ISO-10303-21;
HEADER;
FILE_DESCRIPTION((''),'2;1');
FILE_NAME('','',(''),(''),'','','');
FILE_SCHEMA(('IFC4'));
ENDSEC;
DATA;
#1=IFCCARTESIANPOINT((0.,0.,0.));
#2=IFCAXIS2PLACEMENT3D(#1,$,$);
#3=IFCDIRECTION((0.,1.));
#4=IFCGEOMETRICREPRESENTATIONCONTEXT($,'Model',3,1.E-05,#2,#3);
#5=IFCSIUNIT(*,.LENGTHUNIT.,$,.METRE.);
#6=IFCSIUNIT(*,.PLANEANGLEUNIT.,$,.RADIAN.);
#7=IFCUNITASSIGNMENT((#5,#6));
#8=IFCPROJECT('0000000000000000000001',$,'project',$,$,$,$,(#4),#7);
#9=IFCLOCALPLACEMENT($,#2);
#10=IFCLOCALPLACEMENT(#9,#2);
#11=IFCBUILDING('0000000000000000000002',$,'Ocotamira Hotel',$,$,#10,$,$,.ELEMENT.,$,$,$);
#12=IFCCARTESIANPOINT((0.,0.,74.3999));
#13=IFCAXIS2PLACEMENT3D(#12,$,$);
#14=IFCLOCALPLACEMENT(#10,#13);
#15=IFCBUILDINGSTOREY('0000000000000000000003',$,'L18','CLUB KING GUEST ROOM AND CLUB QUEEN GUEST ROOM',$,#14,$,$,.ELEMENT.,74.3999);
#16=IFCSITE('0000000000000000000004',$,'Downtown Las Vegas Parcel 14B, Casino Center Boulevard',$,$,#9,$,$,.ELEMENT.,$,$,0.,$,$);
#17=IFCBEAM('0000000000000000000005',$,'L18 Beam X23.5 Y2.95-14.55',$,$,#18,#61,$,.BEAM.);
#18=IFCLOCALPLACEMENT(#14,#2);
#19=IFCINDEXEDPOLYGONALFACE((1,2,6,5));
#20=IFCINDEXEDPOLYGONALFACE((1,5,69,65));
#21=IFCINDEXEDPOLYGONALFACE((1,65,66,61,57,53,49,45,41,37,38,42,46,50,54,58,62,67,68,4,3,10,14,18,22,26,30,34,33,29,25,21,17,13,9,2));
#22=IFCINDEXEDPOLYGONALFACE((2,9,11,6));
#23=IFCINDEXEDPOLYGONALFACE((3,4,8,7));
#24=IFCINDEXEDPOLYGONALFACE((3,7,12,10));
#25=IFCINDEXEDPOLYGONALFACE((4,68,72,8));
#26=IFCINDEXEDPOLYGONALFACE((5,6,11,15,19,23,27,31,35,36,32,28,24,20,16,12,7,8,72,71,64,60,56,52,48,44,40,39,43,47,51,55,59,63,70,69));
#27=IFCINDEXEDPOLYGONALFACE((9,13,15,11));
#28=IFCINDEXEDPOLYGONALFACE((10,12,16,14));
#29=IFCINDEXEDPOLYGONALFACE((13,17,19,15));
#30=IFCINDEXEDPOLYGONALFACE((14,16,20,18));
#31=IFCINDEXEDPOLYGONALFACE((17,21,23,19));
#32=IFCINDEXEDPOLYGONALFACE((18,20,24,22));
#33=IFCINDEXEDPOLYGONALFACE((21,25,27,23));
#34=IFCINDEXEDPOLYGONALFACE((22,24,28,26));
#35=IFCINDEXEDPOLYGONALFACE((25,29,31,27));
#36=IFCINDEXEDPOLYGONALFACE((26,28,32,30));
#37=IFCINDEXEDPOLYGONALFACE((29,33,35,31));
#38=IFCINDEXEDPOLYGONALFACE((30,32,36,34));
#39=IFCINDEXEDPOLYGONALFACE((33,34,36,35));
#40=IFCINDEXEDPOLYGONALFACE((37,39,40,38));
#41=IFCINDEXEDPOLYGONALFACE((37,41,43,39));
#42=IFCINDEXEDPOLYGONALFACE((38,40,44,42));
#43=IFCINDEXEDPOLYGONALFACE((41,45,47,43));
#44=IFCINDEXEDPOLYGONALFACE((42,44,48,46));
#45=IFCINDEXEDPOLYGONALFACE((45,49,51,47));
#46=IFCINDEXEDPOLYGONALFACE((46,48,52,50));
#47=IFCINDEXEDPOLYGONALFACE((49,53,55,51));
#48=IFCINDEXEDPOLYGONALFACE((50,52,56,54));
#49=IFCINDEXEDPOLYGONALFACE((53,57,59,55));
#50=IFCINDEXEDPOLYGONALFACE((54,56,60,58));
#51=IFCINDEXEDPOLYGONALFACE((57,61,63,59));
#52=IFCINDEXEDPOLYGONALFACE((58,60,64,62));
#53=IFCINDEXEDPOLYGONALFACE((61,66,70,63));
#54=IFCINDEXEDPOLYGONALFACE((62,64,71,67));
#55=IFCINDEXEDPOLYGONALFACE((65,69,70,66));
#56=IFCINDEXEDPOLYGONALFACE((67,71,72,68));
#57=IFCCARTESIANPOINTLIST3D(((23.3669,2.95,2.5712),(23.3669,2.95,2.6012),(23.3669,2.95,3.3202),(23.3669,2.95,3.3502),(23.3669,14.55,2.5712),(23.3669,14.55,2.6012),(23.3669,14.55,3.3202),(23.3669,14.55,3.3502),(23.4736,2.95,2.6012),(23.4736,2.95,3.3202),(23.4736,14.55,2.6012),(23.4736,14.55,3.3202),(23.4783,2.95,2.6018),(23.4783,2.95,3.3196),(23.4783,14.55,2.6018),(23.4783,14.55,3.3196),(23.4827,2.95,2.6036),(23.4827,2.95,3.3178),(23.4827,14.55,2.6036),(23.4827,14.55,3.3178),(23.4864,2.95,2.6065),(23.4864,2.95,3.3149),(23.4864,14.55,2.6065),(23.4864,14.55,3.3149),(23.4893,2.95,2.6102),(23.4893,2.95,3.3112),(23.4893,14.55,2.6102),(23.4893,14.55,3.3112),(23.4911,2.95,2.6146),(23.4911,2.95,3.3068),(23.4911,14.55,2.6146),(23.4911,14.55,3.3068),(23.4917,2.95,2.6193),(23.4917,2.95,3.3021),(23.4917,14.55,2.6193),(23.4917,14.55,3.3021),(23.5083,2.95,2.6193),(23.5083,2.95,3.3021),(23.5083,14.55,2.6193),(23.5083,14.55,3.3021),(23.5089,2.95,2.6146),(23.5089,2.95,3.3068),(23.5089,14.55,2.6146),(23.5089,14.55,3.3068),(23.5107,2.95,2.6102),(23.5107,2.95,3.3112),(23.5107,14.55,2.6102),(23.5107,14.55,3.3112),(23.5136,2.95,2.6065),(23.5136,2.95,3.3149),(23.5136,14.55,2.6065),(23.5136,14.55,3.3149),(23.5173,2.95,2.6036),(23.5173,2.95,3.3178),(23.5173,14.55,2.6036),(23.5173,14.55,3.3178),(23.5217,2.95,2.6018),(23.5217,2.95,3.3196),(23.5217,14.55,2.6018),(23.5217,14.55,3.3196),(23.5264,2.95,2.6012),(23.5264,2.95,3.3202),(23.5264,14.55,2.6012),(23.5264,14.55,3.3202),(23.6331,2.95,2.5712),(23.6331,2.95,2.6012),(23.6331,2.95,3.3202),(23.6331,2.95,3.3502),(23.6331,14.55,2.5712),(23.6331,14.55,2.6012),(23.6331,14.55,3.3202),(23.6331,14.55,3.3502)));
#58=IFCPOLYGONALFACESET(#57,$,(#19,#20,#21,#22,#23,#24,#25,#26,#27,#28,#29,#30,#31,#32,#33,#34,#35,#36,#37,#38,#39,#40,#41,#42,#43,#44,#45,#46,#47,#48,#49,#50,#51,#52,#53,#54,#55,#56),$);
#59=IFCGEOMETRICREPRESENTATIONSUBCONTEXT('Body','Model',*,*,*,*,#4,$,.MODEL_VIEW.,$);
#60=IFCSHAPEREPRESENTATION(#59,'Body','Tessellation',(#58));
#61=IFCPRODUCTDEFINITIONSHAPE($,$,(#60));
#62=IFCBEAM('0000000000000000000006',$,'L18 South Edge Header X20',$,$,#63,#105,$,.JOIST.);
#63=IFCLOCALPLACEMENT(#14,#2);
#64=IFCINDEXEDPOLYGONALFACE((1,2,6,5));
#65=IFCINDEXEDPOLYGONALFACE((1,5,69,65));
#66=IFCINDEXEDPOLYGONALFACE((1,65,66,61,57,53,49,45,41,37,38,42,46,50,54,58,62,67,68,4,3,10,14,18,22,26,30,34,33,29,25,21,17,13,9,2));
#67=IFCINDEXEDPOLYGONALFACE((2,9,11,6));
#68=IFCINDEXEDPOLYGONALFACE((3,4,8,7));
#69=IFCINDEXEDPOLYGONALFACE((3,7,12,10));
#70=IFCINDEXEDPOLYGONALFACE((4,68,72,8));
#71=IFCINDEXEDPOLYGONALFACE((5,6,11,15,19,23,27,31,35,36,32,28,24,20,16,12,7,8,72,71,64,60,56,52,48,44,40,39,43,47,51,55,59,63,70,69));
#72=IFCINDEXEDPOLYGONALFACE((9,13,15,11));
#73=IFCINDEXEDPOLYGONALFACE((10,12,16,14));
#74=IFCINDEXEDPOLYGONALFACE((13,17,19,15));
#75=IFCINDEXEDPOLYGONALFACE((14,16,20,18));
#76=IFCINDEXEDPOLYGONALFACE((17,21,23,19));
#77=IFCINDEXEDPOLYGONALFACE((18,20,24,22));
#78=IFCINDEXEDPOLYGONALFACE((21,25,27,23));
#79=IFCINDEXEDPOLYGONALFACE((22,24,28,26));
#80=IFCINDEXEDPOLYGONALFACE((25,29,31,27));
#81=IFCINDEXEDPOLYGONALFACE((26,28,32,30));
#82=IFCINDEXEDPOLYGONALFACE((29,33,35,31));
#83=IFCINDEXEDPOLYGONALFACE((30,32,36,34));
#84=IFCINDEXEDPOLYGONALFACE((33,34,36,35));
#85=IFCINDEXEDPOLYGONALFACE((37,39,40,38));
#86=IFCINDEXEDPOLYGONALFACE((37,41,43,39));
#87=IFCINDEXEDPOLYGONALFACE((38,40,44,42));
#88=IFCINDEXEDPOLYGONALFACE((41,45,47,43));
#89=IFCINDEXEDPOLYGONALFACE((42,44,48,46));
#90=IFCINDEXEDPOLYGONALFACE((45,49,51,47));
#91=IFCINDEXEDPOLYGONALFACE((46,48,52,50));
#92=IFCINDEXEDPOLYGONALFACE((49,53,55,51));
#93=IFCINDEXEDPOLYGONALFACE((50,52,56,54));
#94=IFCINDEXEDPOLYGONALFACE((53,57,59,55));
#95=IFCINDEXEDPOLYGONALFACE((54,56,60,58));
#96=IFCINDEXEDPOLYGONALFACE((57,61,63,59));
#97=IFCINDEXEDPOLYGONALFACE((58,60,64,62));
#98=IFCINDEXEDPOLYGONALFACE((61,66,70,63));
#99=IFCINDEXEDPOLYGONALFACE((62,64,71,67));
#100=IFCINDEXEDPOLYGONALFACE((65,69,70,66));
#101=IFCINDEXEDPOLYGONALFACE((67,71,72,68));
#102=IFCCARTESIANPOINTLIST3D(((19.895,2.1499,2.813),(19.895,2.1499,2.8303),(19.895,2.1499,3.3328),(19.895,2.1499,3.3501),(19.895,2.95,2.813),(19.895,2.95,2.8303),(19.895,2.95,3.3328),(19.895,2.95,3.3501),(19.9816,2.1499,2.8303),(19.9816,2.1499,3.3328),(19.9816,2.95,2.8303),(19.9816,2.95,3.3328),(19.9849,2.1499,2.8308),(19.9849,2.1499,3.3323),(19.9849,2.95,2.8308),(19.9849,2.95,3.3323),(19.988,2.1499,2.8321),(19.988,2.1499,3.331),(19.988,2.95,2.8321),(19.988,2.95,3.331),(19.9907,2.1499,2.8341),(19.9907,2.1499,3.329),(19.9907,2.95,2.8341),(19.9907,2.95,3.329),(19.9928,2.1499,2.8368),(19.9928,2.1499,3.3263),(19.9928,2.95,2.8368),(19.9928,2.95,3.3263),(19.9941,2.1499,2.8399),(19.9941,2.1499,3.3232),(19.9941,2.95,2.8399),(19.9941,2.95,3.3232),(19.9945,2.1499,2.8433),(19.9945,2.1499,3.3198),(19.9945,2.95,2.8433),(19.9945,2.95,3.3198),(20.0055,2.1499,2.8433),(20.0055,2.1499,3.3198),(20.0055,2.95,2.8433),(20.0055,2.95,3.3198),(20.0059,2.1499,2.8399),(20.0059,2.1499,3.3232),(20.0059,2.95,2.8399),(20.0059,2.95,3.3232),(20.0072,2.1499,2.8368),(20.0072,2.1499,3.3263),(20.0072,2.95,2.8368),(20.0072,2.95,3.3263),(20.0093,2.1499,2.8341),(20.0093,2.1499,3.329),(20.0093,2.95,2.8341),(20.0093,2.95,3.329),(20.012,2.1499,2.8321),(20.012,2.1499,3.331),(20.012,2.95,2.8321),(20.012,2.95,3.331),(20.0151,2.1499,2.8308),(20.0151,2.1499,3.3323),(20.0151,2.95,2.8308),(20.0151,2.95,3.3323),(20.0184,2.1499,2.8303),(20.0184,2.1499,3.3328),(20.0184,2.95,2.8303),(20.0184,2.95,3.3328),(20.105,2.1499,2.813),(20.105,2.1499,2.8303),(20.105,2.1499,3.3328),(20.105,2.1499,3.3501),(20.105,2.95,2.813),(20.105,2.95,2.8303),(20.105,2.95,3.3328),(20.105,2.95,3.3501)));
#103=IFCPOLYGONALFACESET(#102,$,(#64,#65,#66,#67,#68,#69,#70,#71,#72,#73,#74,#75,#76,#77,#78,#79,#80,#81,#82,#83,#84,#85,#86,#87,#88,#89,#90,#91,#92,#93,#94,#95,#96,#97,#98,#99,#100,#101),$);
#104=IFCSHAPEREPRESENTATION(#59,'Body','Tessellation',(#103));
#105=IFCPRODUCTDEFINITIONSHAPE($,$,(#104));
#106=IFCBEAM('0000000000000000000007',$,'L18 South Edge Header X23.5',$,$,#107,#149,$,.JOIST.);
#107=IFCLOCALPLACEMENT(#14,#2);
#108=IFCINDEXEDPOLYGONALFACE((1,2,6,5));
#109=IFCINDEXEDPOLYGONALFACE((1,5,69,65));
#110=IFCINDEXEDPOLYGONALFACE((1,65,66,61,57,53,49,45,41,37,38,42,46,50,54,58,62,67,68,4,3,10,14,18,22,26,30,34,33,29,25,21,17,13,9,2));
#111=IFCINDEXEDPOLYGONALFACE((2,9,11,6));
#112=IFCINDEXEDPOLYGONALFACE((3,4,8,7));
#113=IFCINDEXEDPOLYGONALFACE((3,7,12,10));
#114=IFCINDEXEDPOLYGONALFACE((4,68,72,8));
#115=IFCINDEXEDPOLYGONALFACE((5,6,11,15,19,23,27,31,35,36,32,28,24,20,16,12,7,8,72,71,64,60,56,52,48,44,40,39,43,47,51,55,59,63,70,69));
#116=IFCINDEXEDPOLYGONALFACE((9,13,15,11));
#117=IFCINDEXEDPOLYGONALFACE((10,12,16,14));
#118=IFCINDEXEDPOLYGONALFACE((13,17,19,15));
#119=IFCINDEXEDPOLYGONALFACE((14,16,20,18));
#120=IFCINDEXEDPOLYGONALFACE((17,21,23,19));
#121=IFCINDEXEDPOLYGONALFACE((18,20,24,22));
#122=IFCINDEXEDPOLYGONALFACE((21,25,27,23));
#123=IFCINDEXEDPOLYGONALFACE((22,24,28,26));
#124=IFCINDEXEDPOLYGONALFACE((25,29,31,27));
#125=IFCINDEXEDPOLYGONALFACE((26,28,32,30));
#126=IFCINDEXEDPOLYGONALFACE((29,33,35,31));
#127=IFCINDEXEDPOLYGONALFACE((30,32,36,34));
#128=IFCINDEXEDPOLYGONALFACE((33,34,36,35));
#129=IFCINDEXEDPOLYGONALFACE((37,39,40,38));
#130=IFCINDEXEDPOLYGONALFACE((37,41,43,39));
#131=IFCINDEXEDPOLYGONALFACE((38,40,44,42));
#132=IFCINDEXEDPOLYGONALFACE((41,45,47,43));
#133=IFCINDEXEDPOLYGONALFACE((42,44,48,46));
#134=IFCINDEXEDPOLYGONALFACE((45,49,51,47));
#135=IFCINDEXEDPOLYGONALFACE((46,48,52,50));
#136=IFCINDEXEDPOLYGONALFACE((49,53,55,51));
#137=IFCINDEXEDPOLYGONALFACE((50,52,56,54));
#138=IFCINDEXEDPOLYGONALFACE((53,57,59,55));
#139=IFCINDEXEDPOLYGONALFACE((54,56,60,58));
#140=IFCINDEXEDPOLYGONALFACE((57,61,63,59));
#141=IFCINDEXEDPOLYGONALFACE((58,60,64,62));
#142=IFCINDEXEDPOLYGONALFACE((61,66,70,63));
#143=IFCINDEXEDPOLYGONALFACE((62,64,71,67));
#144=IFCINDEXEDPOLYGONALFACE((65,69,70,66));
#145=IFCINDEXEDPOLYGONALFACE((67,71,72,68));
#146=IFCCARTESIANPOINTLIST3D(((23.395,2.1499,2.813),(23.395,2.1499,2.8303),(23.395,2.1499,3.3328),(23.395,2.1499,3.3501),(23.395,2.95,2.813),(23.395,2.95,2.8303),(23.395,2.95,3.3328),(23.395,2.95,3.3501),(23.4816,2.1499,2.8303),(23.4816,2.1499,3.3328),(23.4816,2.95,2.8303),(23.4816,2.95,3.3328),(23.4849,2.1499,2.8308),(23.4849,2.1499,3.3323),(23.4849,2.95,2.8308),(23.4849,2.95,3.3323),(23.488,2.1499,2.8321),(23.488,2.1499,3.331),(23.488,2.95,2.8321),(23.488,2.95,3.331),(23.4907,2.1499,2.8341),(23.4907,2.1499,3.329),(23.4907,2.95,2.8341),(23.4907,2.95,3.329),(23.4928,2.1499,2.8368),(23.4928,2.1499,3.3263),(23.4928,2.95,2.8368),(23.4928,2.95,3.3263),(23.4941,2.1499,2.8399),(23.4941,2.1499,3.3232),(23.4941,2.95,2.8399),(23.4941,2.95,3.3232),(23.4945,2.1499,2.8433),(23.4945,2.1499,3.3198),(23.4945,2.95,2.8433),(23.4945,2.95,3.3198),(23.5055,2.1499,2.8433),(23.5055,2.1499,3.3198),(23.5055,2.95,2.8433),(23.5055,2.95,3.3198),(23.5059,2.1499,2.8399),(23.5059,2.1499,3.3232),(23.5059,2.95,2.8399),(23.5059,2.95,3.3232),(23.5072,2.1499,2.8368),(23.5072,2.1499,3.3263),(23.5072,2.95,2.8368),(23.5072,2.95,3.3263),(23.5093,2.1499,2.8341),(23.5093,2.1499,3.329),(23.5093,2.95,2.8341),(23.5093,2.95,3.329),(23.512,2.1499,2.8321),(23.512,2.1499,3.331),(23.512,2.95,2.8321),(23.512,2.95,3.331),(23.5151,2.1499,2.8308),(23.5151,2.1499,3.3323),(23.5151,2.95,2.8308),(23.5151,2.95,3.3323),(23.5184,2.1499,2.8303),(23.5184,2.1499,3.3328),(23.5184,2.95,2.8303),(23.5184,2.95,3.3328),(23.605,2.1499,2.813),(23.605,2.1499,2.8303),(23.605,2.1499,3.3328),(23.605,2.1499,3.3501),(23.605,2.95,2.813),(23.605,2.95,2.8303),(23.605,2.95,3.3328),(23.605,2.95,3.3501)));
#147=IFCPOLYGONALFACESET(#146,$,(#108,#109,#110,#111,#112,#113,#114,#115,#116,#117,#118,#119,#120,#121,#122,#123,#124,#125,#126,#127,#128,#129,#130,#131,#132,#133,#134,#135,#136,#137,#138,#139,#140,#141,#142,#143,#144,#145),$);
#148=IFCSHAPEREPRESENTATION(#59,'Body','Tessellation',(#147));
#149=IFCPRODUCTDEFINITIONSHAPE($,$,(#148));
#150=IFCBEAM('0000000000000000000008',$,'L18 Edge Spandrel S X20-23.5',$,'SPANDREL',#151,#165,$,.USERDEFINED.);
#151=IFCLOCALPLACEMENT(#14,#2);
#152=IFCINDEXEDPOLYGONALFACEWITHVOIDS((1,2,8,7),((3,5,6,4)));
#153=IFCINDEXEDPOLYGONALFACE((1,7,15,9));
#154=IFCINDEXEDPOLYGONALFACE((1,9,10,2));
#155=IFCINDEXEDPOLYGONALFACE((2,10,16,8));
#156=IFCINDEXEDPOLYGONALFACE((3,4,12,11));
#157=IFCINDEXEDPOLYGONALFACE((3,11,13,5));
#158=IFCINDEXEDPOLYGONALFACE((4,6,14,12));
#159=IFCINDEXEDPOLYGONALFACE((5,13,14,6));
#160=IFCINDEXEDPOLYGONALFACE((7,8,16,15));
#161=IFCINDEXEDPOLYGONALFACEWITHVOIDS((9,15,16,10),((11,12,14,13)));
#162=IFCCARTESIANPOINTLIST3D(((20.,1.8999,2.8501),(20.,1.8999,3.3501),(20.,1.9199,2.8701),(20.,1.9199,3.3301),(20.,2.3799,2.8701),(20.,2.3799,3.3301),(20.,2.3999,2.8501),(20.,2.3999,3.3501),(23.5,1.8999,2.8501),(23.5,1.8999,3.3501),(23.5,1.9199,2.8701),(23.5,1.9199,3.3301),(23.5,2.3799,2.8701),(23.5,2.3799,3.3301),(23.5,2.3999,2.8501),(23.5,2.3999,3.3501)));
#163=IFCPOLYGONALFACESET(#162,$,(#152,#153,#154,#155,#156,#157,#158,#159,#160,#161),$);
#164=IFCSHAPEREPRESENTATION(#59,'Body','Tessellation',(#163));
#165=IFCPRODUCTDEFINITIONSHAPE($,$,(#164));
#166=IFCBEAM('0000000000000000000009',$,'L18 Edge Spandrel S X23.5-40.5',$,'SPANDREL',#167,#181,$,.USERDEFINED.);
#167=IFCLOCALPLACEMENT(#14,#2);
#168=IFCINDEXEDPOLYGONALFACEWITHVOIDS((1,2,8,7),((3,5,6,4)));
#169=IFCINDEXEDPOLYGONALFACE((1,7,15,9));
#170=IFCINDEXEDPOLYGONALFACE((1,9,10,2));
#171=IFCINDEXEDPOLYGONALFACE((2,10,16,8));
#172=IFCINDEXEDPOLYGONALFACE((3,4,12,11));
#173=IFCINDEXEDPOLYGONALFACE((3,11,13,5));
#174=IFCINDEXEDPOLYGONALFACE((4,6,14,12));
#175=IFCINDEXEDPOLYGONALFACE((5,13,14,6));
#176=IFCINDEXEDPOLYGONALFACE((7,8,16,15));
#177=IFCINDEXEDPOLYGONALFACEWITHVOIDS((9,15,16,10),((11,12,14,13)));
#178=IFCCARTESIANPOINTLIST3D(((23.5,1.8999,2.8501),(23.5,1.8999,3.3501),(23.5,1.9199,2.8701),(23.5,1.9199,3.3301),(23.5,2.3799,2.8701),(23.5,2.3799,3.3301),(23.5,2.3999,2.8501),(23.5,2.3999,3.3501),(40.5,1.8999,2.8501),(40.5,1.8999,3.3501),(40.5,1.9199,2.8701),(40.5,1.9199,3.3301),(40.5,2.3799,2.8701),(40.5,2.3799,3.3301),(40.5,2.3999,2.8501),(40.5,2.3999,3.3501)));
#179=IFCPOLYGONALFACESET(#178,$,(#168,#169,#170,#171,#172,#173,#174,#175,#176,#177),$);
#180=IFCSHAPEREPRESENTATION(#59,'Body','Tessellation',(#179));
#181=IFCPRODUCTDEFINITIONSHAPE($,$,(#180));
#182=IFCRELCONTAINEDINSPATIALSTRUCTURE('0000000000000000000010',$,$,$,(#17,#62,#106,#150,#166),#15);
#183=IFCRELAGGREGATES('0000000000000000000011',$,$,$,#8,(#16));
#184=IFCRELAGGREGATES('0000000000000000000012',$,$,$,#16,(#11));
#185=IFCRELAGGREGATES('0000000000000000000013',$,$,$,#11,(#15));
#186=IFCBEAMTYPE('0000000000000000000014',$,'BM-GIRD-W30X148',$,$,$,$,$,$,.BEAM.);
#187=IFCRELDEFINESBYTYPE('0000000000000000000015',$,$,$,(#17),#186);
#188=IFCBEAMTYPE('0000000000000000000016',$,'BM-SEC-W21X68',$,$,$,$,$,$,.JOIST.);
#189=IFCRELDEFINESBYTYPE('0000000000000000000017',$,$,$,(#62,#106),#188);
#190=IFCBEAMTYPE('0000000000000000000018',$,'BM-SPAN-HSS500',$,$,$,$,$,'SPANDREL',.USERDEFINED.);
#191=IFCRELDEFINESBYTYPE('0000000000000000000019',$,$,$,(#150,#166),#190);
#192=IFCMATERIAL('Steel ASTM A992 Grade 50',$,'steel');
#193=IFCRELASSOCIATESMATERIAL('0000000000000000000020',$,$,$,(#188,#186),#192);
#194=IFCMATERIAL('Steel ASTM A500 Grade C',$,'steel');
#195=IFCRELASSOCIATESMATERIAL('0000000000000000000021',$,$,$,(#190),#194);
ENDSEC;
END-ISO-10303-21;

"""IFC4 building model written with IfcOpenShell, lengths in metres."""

from ifc_helpers import new_model, si_unit, direction, frame, origin, origin_2d, place, context, subcontext, project, spatial, hollow_rectangle, i_section, extrude, source, transform, mapped, material, material_profile, profile_set, type_object, element, save


model = new_model("IFC4")

# Units and contexts
model_context = context("Model", 3, precision=1e-05, world=origin(), true_north=direction((0.0, 1.0)))
body_context = subcontext(model_context, "Body", "Model", "MODEL_VIEW")
ifc_project = project(units=[si_unit("LENGTHUNIT", "METRE"), si_unit("PLANEANGLEUNIT", "RADIAN")], contexts=[model_context])

# Site, building, storey
site_placement = place(None, origin())
site = spatial("IfcSite", under=ifc_project, at=site_placement, Name="Downtown Las Vegas Parcel 14B, Casino Center Boulevard", CompositionType="ELEMENT", RefElevation=0.0)
building_placement = place(site_placement, origin())
building = spatial("IfcBuilding", under=site, at=building_placement, Name="Ocotamira Hotel", CompositionType="ELEMENT")
storey_placement = place(building_placement, frame((0.0, 0.0, 74.3999)))
storey = spatial("IfcBuildingStorey", under=building, at=storey_placement, Name="L18", Description="CLUB KING GUEST ROOM AND CLUB QUEEN GUEST ROOM", CompositionType="ELEMENT", Elevation=74.3999)

# Beams
ifc_material_1 = material(Name="Steel ASTM A992 Grade 50", Category="steel")
ifc_material_profile_1 = material_profile(ifc_material_1, i_section(OverallWidth=0.21, OverallDepth=0.5371, WebThickness=0.011, FlangeThickness=0.0173, FilletRadius=0.0129, at=origin_2d()), Name="W21X68")
ifc_profile_set_1 = profile_set([ifc_material_profile_1], Name="Steel ASTM A992 Grade 50")
beam_type_1 = type_object("IfcBeamType", Name="BM-SEC-W21X68", PredefinedType="JOIST", material=ifc_profile_set_1)
ifc_material_profile_2 = material_profile(ifc_material_1, i_section(OverallWidth=0.2661, OverallDepth=0.7791, WebThickness=0.0166, FlangeThickness=0.03, FilletRadius=0.0181, at=origin_2d()), Name="W30X148")
ifc_profile_set_2 = profile_set([ifc_material_profile_2], Name="Steel ASTM A992 Grade 50")
beam_type_2 = type_object("IfcBeamType", Name="BM-GIRD-W30X148", PredefinedType="BEAM", material=ifc_profile_set_2)
shared_shape_1 = source(origin(), body_context, "Body", "SweptSolid", [
    extrude(i_section(OverallWidth=0.2661, OverallDepth=0.7791, WebThickness=0.0166, FlangeThickness=0.03, FilletRadius=0.0181, at=origin_2d()), origin(), (0.0, 0.0, 1.0), 11.6001),
])
beam_1_placement = place(storey_placement, frame((23.5, 2.95, 2.9607), z_axis=(0.0, 1.0, 0.0), x_axis=(-1.0, 0.0, 0.0)))
element("IfcBeam", 1, at=beam_1_placement, inside=storey, type_object=beam_type_2, Name="L18 Beam X23.5 Y2.95-14.55", PredefinedType="BEAM", context=body_context, shape_type="MappedRepresentation", body=[
    mapped(shared_shape_1, transform((0.0, 0.0, 0.0), scale=1.0)),
])
shared_shape_2 = source(origin(), body_context, "Body", "SweptSolid", [
    extrude(i_section(OverallWidth=0.21, OverallDepth=0.5371, WebThickness=0.011, FlangeThickness=0.0173, FilletRadius=0.0129, at=origin_2d()), origin(), (0.0, 0.0, 1.0), 0.8),
])
for number, where, z_axis, x_axis, name in (
    (2, (20.0, 2.95, 3.0815), (0.0, -1.0, 0.0), (1.0, 0.0, 0.0), "L18 South Edge Header X20"),
    (3, (23.5, 2.95, 3.0815), (0.0, -1.0, 0.0), (1.0, 0.0, 0.0), "L18 South Edge Header X23.5"),
):
    element("IfcBeam", number, at=place(storey_placement, frame(where, z_axis=z_axis, x_axis=x_axis)), inside=storey, type_object=beam_type_1, Name=name, PredefinedType="JOIST", context=body_context, shape_type="MappedRepresentation", body=[
        mapped(shared_shape_2, transform((0.0, 0.0, 0.0), scale=1.0)),
    ])
ifc_material_2 = material(Name="Steel ASTM A500 Grade C", Category="steel")
ifc_material_profile_3 = material_profile(ifc_material_2, hollow_rectangle(XDim=0.5, YDim=0.5, WallThickness=0.02, at=origin_2d()), Name="HSS500X500X20")
ifc_profile_set_3 = profile_set([ifc_material_profile_3], Name="Steel ASTM A500 Grade C")
beam_type_3 = type_object("IfcBeamType", Name="BM-SPAN-HSS500", ElementType="SPANDREL", PredefinedType="USERDEFINED", material=ifc_profile_set_3)
shared_shape_3 = source(origin(), body_context, "Body", "SweptSolid", [
    extrude(hollow_rectangle(XDim=0.5, YDim=0.5, WallThickness=0.02, at=origin_2d()), origin(), (0.0, 0.0, 1.0), 3.5),
])
beam_2_placement = place(storey_placement, frame((20.0, 2.1499, 3.1001), z_axis=(1.0, 0.0, 0.0), x_axis=(0.0, 1.0, 0.0)))
element("IfcBeam", 4, at=beam_2_placement, inside=storey, type_object=beam_type_3, Name="L18 Edge Spandrel S X20-23.5", ObjectType="SPANDREL", PredefinedType="USERDEFINED", context=body_context, shape_type="MappedRepresentation", body=[
    mapped(shared_shape_3, transform((0.0, 0.0, 0.0), scale=1.0)),
])
shared_shape_4 = source(origin(), body_context, "Body", "SweptSolid", [
    extrude(hollow_rectangle(XDim=0.5, YDim=0.5, WallThickness=0.02, at=origin_2d()), origin(), (0.0, 0.0, 1.0), 17.0),
])
beam_3_placement = place(storey_placement, frame((23.5, 2.1499, 3.1001), z_axis=(1.0, 0.0, 0.0), x_axis=(0.0, 1.0, 0.0)))
element("IfcBeam", 5, at=beam_3_placement, inside=storey, type_object=beam_type_3, Name="L18 Edge Spandrel S X23.5-40.5", ObjectType="SPANDREL", PredefinedType="USERDEFINED", context=body_context, shape_type="MappedRepresentation", body=[
    mapped(shared_shape_4, transform((0.0, 0.0, 0.0), scale=1.0)),
])

save(model, "model.ifc")
